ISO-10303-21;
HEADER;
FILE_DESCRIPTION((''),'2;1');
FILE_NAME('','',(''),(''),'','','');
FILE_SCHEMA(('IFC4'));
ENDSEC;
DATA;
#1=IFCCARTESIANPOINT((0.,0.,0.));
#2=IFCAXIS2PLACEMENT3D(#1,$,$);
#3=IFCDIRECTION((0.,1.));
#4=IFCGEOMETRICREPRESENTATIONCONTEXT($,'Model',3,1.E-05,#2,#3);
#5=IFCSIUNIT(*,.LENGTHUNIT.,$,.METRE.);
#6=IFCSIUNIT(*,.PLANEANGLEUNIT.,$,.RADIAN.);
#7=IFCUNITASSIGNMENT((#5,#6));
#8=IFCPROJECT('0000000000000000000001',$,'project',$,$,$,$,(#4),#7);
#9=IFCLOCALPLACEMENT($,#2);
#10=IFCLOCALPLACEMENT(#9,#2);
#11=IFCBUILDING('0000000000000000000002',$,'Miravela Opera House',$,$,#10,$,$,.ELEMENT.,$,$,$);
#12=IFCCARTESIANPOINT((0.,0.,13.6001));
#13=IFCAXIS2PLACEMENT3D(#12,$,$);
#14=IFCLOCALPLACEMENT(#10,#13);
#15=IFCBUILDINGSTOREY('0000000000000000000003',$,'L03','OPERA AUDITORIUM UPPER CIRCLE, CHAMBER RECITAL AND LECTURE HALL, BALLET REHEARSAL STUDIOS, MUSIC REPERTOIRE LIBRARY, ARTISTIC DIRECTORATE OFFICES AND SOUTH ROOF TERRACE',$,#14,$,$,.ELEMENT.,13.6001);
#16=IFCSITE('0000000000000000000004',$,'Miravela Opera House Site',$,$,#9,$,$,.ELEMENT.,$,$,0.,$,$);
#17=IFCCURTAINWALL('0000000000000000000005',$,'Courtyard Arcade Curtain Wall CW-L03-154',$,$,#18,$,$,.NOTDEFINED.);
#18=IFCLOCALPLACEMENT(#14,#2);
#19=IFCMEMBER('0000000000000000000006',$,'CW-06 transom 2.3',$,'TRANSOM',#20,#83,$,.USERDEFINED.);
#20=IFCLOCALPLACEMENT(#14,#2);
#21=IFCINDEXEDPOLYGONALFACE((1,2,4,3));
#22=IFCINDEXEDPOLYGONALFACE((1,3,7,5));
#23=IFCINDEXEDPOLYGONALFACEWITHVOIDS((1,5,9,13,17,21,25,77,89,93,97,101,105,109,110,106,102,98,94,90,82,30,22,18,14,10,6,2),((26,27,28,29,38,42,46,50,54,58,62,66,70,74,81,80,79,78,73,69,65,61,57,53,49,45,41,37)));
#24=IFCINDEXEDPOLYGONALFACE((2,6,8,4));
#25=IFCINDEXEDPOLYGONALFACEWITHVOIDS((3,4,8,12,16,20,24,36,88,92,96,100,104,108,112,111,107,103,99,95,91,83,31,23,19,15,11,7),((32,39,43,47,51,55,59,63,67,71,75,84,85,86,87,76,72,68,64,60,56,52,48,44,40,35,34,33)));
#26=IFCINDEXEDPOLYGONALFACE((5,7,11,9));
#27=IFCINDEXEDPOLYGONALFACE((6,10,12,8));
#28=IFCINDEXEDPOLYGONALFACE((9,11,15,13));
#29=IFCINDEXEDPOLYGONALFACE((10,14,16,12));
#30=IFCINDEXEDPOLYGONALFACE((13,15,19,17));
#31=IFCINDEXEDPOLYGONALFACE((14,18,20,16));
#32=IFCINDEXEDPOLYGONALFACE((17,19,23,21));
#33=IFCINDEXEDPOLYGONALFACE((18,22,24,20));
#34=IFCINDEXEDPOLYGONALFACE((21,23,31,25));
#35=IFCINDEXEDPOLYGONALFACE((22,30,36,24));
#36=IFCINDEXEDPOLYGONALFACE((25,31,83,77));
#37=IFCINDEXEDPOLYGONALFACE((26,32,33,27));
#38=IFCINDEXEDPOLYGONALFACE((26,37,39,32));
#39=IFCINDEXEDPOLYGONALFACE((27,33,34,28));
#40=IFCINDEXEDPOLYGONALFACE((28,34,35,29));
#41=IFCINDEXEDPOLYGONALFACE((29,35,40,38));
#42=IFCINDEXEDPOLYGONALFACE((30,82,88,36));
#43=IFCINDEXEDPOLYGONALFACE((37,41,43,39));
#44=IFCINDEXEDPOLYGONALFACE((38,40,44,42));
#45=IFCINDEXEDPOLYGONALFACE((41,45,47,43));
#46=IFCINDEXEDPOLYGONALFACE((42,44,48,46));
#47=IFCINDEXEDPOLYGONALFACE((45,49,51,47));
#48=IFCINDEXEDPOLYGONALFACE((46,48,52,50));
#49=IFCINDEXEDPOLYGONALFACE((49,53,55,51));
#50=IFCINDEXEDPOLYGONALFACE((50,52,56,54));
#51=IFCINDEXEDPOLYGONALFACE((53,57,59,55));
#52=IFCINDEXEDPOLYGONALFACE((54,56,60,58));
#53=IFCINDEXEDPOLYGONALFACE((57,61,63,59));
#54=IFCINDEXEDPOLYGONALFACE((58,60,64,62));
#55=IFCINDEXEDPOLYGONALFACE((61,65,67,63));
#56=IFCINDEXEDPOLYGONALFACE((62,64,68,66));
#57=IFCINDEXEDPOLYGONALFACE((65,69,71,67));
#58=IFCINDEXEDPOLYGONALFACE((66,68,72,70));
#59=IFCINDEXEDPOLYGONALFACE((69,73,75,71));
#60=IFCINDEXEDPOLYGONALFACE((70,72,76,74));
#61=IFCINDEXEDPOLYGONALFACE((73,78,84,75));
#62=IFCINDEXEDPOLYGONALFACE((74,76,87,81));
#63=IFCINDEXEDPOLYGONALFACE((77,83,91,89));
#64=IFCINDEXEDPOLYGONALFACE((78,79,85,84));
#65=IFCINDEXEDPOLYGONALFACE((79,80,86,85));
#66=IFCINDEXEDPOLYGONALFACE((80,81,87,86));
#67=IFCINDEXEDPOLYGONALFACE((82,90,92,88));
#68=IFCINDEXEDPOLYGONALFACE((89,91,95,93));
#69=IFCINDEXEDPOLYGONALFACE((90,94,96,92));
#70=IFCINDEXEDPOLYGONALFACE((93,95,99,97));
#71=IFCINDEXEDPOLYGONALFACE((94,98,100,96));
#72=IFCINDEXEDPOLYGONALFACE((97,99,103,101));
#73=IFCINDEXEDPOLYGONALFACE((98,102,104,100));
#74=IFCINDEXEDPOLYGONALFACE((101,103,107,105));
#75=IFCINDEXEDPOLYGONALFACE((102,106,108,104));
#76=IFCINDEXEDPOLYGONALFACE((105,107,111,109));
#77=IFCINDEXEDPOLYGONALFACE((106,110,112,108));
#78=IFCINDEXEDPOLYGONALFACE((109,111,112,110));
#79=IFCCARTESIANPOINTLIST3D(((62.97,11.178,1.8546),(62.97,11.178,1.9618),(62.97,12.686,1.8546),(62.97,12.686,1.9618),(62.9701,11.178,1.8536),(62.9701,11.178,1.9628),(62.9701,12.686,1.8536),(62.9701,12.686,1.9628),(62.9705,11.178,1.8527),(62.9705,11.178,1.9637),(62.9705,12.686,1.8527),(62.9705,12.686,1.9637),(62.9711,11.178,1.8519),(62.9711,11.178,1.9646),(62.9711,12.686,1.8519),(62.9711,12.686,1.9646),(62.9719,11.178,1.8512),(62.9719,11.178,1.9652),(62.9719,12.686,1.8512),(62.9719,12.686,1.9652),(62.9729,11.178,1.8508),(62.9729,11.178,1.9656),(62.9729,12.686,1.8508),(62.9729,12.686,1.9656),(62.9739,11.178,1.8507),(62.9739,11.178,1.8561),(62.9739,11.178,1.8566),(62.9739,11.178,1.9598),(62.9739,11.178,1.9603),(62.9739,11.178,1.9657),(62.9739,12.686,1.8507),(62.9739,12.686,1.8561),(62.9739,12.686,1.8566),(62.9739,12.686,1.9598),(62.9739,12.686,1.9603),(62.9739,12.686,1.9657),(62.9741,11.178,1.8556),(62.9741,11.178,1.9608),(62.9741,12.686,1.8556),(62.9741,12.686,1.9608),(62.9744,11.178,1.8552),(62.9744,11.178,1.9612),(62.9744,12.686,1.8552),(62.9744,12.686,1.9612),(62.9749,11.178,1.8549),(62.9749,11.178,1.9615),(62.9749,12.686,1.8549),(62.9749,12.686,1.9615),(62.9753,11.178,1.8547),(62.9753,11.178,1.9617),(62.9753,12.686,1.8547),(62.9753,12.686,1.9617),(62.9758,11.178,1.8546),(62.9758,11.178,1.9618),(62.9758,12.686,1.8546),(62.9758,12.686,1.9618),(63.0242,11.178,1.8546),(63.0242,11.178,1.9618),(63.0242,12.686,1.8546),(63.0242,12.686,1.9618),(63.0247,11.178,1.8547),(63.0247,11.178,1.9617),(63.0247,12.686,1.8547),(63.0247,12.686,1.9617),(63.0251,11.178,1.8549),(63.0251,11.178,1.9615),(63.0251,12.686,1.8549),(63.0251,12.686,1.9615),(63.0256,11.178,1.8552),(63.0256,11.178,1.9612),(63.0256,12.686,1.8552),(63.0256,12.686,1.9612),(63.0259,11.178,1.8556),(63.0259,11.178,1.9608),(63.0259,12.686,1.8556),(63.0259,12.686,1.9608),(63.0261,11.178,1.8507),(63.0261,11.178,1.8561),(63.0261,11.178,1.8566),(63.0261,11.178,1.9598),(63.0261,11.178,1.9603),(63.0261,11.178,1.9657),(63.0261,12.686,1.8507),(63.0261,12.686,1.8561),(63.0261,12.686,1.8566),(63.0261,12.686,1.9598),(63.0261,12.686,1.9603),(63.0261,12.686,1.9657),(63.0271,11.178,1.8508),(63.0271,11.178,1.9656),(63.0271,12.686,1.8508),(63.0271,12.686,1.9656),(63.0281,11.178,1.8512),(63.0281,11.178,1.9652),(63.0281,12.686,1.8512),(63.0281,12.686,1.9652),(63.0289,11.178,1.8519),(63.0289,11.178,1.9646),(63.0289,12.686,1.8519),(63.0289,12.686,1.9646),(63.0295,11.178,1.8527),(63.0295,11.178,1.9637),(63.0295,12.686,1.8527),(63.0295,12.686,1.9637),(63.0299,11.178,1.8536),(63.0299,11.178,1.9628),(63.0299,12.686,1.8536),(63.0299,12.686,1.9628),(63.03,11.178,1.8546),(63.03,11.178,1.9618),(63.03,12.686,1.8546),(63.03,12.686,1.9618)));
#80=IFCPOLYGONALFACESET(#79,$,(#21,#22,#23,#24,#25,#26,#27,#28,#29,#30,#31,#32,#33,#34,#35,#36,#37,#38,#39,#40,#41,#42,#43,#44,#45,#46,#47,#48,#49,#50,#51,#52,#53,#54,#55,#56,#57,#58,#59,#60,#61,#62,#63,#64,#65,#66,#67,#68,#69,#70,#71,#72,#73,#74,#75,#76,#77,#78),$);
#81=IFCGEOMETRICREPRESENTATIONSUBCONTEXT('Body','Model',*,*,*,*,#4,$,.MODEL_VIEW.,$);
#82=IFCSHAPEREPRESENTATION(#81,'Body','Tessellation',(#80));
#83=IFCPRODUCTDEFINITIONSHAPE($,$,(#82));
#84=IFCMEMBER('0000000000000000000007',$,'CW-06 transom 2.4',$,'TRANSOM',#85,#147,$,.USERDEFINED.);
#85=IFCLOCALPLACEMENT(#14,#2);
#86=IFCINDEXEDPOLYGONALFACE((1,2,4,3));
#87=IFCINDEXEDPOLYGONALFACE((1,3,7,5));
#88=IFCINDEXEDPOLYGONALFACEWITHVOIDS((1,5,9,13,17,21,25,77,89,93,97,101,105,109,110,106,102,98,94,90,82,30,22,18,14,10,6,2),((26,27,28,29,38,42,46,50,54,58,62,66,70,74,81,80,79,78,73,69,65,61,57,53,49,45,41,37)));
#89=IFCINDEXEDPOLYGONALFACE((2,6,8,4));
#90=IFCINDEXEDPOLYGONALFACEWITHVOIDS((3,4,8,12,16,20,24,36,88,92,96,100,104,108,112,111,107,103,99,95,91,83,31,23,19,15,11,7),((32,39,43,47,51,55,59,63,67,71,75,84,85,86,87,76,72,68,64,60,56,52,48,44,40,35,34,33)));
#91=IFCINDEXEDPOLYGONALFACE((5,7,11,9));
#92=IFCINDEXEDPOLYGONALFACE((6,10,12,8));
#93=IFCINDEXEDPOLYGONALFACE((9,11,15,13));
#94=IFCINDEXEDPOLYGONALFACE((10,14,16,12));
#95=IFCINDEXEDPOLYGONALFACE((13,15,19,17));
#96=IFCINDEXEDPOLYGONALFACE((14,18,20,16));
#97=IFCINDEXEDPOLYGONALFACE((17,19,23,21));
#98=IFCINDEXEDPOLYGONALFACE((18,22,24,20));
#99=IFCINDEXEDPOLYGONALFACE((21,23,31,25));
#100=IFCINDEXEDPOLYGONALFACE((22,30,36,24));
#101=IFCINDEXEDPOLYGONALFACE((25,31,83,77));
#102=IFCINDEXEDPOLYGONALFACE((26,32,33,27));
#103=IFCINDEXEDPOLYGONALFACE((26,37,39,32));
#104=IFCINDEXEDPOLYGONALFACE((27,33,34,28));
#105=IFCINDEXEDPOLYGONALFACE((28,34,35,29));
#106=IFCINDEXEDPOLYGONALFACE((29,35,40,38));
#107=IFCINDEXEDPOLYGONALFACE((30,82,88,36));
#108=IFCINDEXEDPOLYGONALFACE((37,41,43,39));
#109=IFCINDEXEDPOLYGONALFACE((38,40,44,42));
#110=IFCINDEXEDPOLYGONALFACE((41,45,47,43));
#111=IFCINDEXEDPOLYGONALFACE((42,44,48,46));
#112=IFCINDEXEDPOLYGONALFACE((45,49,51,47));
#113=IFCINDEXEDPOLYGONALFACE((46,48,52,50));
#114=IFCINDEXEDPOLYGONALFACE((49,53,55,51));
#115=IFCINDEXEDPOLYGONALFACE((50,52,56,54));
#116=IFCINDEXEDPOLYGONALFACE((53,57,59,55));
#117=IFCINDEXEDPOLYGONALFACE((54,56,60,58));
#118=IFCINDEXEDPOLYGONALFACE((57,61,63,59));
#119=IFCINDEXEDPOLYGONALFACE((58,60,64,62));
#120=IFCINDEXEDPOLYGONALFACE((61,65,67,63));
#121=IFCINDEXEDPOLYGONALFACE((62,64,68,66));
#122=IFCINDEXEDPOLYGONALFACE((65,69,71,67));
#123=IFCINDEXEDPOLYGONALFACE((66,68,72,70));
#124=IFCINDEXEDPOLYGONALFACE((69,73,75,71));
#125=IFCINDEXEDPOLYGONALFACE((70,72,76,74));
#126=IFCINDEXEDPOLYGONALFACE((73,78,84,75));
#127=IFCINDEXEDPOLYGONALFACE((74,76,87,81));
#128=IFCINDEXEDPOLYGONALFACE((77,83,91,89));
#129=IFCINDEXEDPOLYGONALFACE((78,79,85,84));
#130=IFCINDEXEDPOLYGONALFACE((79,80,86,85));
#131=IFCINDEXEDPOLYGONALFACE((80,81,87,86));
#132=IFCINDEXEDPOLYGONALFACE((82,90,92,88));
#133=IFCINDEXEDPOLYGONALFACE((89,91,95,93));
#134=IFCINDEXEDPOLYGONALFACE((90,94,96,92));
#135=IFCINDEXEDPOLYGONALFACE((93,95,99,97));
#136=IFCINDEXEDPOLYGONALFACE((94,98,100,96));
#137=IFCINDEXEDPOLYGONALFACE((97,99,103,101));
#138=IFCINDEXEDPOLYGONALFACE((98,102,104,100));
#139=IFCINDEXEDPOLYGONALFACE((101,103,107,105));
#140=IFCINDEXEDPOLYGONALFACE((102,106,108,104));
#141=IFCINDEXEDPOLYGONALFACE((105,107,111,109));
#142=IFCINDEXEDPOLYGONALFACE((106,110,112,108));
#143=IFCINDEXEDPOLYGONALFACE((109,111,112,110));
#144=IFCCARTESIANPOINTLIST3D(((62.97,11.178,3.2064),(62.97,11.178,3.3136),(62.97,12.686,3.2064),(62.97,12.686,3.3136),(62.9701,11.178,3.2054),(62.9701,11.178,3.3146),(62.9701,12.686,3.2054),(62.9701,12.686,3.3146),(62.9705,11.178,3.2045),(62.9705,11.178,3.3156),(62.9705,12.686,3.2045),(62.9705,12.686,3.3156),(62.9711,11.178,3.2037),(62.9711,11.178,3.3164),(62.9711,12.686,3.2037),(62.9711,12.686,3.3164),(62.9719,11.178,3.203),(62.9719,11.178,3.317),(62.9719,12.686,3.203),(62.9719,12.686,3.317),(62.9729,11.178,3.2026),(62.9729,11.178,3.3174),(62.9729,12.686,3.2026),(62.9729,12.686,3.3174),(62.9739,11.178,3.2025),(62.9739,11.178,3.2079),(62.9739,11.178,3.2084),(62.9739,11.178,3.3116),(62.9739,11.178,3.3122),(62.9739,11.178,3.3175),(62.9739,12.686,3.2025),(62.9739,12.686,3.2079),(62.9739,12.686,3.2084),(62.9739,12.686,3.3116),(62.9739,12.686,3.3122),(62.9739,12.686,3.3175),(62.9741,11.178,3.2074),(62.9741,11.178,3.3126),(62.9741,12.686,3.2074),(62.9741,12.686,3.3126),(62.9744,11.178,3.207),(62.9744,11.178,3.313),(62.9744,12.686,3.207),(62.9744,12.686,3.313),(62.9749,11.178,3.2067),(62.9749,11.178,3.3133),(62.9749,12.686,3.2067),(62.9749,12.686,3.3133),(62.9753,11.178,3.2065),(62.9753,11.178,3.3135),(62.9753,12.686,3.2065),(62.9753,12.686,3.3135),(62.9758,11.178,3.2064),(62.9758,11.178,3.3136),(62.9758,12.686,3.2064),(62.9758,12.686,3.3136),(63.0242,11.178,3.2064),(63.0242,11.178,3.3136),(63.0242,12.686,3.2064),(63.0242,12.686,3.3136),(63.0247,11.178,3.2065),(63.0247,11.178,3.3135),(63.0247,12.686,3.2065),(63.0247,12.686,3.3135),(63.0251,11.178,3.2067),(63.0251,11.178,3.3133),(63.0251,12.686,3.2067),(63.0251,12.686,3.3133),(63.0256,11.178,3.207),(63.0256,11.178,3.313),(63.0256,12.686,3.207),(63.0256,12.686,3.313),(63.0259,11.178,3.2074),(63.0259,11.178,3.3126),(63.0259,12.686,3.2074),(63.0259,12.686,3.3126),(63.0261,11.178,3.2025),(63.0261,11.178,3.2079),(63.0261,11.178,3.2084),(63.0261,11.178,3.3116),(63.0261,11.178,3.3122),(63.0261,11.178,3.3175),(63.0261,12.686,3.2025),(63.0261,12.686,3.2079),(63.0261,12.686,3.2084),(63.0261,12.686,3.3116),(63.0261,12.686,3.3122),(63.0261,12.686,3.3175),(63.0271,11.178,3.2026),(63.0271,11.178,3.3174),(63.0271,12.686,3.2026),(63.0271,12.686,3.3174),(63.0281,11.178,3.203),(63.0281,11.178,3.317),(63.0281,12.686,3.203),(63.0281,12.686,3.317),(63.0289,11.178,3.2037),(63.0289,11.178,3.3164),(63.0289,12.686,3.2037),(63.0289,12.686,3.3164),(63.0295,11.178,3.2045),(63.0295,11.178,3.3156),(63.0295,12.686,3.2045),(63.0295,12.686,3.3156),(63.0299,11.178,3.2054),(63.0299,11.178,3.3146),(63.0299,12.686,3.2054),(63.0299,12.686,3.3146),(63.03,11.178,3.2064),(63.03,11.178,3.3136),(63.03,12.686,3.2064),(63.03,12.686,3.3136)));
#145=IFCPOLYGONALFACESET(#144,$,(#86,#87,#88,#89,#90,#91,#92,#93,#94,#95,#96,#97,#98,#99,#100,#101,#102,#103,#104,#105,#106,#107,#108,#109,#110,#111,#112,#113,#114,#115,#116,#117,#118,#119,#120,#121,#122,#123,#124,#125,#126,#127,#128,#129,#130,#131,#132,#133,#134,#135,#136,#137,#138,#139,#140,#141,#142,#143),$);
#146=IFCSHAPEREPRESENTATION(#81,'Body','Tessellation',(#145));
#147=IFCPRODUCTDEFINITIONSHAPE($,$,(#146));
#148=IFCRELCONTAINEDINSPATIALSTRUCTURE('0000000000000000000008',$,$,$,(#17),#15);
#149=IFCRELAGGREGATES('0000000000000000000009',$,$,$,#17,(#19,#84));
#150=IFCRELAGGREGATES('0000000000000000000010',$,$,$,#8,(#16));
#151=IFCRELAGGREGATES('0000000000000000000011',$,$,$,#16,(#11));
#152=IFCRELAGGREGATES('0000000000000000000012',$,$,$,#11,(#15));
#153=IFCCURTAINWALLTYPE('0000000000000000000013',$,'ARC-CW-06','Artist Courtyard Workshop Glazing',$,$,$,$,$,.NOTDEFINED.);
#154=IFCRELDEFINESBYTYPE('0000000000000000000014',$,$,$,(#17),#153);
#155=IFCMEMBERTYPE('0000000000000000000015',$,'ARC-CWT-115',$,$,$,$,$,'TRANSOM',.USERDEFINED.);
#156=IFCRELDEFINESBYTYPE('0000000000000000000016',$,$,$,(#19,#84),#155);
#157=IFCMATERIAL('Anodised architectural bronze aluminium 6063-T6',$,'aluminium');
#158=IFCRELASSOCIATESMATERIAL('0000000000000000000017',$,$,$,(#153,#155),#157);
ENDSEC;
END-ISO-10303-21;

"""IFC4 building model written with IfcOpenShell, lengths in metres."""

from ifc_helpers import new_model, si_unit, direction, frame, origin, origin_2d, place, context, subcontext, project, spatial, hollow_rectangle, extrude, material, material_profile, profile_set, type_object, element, aggregate, save


model = new_model("IFC4")

# Units and contexts
model_context = context("Model", 3, precision=1e-05, world=origin(), true_north=direction((0.0, 1.0)))
body_context = subcontext(model_context, "Body", "Model", "MODEL_VIEW")
ifc_project = project(units=[si_unit("LENGTHUNIT", "METRE"), si_unit("PLANEANGLEUNIT", "RADIAN")], contexts=[model_context])

# Site, building, storey
site_placement = place(None, origin())
site = spatial("IfcSite", under=ifc_project, at=site_placement, Name="Miravela Opera House Site", CompositionType="ELEMENT", RefElevation=0.0)
building_placement = place(site_placement, origin())
building = spatial("IfcBuilding", under=site, at=building_placement, Name="Miravela Opera House", CompositionType="ELEMENT")
storey_placement = place(building_placement, frame((0.0, 0.0, 13.6001)))
storey = spatial("IfcBuildingStorey", under=building, at=storey_placement, Name="L03", Description="OPERA AUDITORIUM UPPER CIRCLE, CHAMBER RECITAL AND LECTURE HALL, BALLET REHEARSAL STUDIOS, MUSIC REPERTOIRE LIBRARY, ARTISTIC DIRECTORATE OFFICES AND SOUTH ROOF TERRACE", CompositionType="ELEMENT", Elevation=13.6001)

# Curtain wall, members
ifc_material_1 = material(Name="Anodised architectural bronze aluminium 6063-T6", Category="aluminium")
curtain_wall_type = type_object("IfcCurtainWallType", Name="ARC-CW-06", Description="Artist Courtyard Workshop Glazing", PredefinedType="NOTDEFINED", material=ifc_material_1)
curtain_wall_placement = place(storey_placement, origin())
curtain_wall = element("IfcCurtainWall", 1, at=curtain_wall_placement, inside=storey, type_object=curtain_wall_type, Name="Courtyard Arcade Curtain Wall CW-L03-154", PredefinedType="NOTDEFINED")
ifc_material_profile_1 = material_profile(ifc_material_1, hollow_rectangle(XDim=0.0601, YDim=0.115, WallThickness=0.0039, InnerFilletRadius=0.002, OuterFilletRadius=0.0039, at=origin_2d()), Name="CWT-60X115")
ifc_profile_set_1 = profile_set([ifc_material_profile_1])
member_type_1 = type_object("IfcMemberType", Name="ARC-CWT-115", ElementType="TRANSOM", PredefinedType="USERDEFINED", material=ifc_profile_set_1)
member_1_placement = place(storey_placement, frame((63.0, 11.178, 1.9082), z_axis=(0.0, 1.0, 0.0), x_axis=(-1.0, 0.0, 0.0)))
member_1 = element("IfcMember", 2, at=member_1_placement, type_object=member_type_1, Name="CW-06 transom 2.3", ObjectType="TRANSOM", PredefinedType="USERDEFINED", context=body_context, shape_type="SweptSolid", body=[
    extrude(hollow_rectangle(XDim=0.0601, YDim=0.115, WallThickness=0.0039, InnerFilletRadius=0.002, OuterFilletRadius=0.0039, at=origin_2d()), origin(), (0.0, 0.0, 1.0), 1.5081),
])
member_2_placement = place(storey_placement, frame((63.0, 11.178, 3.26), z_axis=(0.0, 1.0, 0.0), x_axis=(-1.0, 0.0, 0.0)))
member_2 = element("IfcMember", 3, at=member_2_placement, type_object=member_type_1, Name="CW-06 transom 2.4", ObjectType="TRANSOM", PredefinedType="USERDEFINED", context=body_context, shape_type="SweptSolid", body=[
    extrude(hollow_rectangle(XDim=0.0601, YDim=0.115, WallThickness=0.0039, InnerFilletRadius=0.002, OuterFilletRadius=0.0039, at=origin_2d()), origin(), (0.0, 0.0, 1.0), 1.5081),
])

aggregate(curtain_wall, [member_1, member_2])

save(model, "model.ifc")
